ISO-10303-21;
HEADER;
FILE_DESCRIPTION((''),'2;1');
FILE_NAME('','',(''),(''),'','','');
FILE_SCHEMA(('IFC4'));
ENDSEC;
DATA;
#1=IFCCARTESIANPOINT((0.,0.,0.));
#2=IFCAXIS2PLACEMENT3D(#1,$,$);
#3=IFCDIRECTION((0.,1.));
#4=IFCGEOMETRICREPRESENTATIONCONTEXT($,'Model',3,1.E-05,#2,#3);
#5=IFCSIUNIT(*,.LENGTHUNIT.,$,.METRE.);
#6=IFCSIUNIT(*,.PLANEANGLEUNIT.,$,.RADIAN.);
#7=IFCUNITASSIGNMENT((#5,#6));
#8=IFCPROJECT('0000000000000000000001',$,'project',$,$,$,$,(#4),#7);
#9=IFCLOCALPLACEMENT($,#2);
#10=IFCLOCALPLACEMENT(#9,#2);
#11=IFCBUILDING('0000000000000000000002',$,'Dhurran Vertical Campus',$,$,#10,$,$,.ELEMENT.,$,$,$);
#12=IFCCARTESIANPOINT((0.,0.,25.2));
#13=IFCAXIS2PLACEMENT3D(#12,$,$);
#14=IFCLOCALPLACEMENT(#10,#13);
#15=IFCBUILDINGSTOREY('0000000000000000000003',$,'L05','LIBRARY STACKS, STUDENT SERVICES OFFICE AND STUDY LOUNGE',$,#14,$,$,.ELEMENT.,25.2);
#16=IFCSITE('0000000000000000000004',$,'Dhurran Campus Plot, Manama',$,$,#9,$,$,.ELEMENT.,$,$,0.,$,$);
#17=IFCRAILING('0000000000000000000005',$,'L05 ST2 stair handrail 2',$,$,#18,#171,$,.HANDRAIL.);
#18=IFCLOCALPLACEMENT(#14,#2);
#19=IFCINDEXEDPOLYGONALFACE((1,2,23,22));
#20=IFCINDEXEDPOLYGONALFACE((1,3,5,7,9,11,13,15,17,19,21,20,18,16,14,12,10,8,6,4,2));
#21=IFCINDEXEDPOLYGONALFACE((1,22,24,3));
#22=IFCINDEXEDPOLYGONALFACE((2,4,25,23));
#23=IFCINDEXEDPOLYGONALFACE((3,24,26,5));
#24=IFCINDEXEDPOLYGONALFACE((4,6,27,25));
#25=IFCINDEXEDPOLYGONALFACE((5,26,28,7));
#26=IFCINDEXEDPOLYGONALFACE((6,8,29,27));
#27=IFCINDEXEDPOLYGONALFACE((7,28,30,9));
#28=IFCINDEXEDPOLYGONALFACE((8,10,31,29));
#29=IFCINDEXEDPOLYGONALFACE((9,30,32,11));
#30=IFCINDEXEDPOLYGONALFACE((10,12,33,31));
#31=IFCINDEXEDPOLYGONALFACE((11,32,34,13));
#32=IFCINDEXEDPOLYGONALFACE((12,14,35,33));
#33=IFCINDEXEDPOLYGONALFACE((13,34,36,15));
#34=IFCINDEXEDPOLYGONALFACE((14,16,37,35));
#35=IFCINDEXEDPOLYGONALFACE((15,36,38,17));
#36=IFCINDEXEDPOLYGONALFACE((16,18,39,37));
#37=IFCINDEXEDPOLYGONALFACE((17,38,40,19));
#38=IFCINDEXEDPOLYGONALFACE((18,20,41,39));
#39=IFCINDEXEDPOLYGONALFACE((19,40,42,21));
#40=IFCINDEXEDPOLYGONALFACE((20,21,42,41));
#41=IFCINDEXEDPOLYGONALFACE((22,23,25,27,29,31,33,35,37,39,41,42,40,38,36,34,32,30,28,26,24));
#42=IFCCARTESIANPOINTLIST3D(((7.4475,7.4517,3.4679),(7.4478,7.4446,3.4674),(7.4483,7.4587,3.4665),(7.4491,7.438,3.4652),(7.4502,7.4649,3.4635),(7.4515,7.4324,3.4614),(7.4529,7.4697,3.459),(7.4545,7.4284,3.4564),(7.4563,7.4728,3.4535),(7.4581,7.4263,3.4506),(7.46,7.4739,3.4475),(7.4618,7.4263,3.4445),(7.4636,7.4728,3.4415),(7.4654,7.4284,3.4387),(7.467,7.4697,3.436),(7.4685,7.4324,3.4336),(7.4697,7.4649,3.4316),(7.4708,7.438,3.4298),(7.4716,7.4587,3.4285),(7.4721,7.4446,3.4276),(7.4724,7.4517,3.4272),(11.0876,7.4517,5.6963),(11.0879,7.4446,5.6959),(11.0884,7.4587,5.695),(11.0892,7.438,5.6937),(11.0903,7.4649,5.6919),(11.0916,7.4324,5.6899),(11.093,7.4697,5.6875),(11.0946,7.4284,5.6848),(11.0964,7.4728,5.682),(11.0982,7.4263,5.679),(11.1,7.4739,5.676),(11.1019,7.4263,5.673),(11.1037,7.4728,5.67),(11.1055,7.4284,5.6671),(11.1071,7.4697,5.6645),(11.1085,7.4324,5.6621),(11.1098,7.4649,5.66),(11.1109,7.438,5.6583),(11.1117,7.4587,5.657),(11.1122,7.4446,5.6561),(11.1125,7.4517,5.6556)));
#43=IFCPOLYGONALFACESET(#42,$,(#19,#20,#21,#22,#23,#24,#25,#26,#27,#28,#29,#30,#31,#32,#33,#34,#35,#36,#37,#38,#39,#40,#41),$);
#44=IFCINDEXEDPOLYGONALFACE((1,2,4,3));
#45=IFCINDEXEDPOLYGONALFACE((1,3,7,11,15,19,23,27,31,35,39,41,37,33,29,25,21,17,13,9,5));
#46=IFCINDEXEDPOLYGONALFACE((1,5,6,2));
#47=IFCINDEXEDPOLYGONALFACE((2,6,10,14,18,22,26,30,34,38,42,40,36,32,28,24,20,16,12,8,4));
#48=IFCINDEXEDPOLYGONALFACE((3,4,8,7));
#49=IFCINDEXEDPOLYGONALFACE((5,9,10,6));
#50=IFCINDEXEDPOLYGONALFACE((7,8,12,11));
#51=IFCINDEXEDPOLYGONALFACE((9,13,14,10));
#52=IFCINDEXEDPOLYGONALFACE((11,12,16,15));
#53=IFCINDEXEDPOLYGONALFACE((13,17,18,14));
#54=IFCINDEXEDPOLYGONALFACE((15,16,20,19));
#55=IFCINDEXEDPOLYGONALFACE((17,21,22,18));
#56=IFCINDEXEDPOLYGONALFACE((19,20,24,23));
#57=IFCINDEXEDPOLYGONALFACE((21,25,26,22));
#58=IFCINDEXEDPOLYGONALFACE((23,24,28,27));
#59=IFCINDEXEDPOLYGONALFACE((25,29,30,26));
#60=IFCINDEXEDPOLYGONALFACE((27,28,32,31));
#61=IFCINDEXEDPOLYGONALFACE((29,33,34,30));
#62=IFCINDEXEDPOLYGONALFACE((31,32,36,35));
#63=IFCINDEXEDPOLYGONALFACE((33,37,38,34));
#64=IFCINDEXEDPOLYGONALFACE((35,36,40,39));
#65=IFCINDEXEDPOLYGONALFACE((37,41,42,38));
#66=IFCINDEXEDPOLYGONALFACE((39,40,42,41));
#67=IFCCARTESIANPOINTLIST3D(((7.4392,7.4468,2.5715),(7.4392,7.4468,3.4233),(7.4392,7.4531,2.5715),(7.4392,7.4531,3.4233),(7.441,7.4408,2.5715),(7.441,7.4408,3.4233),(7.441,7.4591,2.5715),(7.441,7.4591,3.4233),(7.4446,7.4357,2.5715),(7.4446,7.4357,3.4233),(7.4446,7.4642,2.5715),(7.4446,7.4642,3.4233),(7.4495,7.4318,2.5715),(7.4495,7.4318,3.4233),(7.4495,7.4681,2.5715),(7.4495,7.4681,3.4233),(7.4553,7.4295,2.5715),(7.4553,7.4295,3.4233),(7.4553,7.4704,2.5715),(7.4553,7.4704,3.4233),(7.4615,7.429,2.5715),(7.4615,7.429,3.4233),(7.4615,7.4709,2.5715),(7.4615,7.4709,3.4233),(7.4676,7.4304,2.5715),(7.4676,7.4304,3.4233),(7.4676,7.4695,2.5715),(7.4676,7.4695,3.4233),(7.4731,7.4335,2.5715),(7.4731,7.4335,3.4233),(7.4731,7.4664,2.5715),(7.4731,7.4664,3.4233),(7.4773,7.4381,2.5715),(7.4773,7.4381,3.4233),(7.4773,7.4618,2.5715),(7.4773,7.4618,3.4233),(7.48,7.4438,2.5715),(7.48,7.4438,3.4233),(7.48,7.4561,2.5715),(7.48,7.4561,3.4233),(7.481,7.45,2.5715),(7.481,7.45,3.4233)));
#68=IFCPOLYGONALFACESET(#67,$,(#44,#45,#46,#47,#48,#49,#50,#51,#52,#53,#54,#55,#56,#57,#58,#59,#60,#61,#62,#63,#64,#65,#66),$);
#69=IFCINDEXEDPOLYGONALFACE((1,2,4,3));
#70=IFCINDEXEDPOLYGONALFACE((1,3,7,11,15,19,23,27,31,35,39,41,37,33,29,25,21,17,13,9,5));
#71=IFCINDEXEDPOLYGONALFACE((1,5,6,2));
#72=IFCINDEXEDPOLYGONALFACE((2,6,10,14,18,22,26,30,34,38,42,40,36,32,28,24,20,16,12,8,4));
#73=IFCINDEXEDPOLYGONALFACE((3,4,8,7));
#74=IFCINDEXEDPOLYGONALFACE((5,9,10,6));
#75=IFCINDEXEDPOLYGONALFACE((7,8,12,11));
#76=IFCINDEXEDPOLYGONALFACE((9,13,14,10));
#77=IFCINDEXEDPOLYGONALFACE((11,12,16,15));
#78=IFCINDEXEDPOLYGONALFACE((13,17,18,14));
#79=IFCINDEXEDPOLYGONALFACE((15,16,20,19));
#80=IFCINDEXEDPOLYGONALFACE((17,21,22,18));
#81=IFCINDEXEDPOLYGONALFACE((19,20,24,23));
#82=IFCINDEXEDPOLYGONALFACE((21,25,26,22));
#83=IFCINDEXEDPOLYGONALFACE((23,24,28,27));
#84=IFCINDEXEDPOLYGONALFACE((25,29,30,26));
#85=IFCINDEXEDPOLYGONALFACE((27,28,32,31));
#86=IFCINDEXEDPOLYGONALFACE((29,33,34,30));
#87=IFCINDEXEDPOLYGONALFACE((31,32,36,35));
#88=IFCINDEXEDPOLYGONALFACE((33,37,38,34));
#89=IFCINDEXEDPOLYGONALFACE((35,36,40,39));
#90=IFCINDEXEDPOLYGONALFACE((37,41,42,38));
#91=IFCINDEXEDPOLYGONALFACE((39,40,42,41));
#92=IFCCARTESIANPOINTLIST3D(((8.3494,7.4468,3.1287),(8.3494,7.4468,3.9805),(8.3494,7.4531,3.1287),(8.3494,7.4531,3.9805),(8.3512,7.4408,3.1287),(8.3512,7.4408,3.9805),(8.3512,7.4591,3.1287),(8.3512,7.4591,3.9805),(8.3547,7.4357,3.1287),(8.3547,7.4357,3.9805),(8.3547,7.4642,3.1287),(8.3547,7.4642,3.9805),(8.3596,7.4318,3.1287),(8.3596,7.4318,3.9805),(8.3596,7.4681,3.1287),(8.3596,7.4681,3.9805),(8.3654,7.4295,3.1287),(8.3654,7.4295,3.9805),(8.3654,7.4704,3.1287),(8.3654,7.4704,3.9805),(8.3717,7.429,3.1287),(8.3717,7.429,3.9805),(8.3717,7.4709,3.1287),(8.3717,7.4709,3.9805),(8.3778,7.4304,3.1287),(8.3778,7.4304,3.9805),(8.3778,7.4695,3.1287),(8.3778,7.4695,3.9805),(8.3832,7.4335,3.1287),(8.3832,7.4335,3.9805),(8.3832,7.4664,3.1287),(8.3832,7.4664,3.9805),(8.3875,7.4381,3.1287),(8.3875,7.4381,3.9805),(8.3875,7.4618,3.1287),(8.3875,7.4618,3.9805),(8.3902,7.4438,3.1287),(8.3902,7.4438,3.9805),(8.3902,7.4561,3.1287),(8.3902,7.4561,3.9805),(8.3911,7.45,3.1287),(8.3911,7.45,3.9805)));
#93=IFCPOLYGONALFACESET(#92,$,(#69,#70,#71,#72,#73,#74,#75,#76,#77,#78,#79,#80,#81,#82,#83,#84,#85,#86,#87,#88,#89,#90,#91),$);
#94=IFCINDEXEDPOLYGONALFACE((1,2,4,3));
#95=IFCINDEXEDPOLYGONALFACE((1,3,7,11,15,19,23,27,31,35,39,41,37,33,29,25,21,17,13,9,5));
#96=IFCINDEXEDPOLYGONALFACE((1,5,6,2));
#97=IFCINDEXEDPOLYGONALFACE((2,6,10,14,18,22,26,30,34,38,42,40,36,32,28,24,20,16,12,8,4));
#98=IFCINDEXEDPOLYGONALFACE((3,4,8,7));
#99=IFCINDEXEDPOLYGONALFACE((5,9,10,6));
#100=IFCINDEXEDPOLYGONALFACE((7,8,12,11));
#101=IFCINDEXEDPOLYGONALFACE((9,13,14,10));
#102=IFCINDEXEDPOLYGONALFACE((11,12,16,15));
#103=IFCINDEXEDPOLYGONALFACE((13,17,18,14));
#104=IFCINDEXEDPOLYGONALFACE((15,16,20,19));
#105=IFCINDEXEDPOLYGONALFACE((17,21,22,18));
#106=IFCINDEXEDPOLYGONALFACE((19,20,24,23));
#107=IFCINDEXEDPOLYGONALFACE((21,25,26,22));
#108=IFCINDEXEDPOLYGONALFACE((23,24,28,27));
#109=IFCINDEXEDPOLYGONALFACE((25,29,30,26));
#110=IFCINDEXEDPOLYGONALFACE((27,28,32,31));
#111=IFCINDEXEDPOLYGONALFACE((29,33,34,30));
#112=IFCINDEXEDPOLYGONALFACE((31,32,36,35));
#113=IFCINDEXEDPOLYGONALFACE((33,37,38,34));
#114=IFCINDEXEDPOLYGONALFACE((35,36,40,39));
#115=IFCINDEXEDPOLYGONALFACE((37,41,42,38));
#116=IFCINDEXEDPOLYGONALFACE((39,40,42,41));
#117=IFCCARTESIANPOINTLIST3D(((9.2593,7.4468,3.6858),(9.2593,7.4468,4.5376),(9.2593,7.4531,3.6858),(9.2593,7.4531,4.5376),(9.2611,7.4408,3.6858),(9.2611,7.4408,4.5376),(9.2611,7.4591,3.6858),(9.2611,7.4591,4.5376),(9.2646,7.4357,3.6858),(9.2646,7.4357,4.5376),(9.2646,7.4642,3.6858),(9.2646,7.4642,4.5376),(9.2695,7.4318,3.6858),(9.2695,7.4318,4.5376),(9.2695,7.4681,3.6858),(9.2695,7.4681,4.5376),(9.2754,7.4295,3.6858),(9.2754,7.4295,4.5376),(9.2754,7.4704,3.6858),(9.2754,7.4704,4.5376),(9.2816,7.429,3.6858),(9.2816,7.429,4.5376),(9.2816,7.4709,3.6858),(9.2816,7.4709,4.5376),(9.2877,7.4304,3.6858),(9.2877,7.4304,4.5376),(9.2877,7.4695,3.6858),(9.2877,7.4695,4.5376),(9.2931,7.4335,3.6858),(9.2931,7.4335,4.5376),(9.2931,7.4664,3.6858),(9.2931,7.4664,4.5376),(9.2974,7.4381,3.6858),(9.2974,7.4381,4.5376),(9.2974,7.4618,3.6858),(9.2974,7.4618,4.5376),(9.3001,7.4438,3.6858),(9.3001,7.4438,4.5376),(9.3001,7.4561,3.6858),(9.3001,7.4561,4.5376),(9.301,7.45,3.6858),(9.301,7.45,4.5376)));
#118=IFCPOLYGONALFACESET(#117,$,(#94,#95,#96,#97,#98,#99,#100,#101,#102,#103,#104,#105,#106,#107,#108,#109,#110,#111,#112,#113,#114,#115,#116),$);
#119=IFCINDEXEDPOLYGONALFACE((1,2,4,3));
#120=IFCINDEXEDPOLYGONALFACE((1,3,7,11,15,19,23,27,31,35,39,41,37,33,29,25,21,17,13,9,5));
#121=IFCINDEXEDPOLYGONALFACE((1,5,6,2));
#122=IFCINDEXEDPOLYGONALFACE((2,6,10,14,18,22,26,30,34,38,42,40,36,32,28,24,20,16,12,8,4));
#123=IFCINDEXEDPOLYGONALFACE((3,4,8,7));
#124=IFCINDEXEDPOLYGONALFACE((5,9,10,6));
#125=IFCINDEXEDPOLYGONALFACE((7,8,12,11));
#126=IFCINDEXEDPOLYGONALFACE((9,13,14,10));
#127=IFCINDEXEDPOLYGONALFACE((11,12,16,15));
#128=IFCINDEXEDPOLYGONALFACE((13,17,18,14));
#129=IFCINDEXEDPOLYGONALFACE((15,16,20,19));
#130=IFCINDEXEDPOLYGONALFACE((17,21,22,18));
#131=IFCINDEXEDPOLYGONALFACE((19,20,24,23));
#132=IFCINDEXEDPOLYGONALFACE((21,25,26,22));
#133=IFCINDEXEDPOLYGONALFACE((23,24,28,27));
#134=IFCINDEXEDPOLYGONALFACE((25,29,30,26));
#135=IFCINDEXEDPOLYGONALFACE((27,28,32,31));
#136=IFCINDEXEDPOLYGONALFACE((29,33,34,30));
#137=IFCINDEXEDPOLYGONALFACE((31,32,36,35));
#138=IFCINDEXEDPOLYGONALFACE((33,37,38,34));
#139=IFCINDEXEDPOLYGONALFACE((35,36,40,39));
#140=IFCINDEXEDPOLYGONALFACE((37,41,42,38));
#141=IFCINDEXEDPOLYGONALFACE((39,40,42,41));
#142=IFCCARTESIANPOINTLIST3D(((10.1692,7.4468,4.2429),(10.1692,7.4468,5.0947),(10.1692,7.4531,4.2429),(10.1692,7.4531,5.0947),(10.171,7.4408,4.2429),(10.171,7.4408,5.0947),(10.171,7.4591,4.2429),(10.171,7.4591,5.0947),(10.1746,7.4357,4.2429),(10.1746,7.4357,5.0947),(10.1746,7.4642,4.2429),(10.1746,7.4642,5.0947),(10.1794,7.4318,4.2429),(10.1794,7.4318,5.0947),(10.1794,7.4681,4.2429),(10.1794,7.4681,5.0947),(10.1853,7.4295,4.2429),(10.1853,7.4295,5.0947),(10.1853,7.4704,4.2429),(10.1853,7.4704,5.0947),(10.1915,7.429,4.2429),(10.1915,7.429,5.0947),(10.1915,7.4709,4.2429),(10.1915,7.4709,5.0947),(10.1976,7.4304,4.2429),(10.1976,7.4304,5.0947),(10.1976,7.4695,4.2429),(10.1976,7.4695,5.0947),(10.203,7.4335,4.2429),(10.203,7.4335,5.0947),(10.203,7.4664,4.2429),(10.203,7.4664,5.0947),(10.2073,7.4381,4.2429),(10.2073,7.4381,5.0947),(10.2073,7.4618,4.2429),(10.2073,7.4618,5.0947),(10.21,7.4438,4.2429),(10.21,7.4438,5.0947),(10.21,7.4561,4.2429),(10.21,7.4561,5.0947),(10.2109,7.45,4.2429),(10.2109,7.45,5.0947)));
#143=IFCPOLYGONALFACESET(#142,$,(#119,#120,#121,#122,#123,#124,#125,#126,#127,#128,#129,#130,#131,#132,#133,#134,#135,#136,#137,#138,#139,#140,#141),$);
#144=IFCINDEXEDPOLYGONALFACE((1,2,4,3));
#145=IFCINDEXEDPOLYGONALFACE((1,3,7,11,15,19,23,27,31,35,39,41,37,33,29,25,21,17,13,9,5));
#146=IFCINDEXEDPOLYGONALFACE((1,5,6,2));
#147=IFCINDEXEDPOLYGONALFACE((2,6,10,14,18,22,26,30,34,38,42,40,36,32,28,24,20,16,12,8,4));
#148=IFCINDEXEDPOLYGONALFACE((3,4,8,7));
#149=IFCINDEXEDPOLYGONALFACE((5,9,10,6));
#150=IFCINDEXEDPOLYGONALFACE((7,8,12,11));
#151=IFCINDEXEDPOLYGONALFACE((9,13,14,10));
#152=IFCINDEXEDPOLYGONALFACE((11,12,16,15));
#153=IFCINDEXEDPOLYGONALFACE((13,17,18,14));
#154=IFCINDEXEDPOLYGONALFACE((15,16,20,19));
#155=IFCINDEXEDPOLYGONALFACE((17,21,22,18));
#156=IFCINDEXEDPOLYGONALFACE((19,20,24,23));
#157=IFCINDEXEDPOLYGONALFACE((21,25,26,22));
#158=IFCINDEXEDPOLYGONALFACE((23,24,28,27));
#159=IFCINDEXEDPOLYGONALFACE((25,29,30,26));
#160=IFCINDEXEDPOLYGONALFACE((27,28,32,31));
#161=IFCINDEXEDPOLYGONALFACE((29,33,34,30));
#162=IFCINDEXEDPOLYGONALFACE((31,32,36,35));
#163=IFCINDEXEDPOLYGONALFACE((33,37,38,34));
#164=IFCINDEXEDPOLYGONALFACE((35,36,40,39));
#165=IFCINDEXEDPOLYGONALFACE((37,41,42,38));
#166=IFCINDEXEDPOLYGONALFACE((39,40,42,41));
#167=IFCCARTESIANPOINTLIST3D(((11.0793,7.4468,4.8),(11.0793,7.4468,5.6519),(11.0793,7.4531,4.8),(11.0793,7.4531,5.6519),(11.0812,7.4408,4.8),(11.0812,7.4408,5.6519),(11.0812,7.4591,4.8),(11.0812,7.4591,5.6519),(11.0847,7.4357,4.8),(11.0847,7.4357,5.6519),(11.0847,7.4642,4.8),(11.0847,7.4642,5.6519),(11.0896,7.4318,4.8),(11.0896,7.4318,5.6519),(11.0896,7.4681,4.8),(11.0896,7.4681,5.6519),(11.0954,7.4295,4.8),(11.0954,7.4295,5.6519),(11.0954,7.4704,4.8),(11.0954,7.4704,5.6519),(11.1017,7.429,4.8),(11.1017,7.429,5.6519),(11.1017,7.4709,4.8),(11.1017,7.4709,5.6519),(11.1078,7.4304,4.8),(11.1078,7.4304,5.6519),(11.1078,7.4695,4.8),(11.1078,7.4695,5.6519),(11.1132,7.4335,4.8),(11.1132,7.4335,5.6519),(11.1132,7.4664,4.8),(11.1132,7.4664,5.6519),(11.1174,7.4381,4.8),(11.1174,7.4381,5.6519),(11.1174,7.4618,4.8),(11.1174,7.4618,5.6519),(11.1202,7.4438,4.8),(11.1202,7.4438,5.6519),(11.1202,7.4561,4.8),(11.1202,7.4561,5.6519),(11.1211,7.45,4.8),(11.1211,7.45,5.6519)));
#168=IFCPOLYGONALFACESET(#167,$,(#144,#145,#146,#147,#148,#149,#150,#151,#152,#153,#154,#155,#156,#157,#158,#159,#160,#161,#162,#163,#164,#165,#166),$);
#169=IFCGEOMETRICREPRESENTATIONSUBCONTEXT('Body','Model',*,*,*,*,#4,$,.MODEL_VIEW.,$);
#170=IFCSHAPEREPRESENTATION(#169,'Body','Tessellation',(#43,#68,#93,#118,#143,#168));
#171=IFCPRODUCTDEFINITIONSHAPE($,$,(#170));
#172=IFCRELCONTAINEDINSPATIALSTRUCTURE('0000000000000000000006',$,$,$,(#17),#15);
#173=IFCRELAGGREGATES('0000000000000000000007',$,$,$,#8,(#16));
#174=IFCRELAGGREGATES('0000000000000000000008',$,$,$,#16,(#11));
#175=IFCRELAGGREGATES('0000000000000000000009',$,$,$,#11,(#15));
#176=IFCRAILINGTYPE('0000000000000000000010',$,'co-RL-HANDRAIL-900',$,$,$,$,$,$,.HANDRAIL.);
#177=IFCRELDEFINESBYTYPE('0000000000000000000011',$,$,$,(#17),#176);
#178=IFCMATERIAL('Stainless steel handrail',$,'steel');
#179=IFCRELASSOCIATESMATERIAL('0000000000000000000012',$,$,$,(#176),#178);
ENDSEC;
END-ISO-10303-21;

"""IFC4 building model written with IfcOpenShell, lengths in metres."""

from ifc_helpers import new_model, si_unit, direction, frame, origin, origin_2d, place, context, subcontext, project, spatial, circle, extrude, material, type_object, element, save


model = new_model("IFC4")

# Units and contexts
model_context = context("Model", 3, precision=1e-05, world=origin(), true_north=direction((0.0, 1.0)))
body_context = subcontext(model_context, "Body", "Model", "MODEL_VIEW")
ifc_project = project(units=[si_unit("LENGTHUNIT", "METRE"), si_unit("PLANEANGLEUNIT", "RADIAN")], contexts=[model_context])

# Site, building, storey
site_placement = place(None, origin())
site = spatial("IfcSite", under=ifc_project, at=site_placement, Name="Dhurran Campus Plot, Manama", CompositionType="ELEMENT", RefElevation=0.0)
building_placement = place(site_placement, origin())
building = spatial("IfcBuilding", under=site, at=building_placement, Name="Dhurran Vertical Campus", CompositionType="ELEMENT")
storey_placement = place(building_placement, frame((0.0, 0.0, 25.2)))
storey = spatial("IfcBuildingStorey", under=building, at=storey_placement, Name="L05", Description="LIBRARY STACKS, STUDENT SERVICES OFFICE AND STUDY LOUNGE", CompositionType="ELEMENT", Elevation=25.2)

# Railing
ifc_material_1 = material(Name="Stainless steel handrail", Category="steel")
railing_type_1 = type_object("IfcRailingType", Name="co-RL-HANDRAIL-900", PredefinedType="HANDRAIL", material=ifc_material_1)
railing_1_placement = place(storey_placement, frame((7.46, 7.45, 2.5715)))
element("IfcRailing", 1, at=railing_1_placement, inside=storey, type_object=railing_type_1, Name="L05 ST2 stair handrail 2", PredefinedType="HANDRAIL", context=body_context, shape_type="SweptSolid", body=[
    extrude(circle(Radius=0.0239, at=origin_2d()), frame((0.0, 0.0, 0.876), z_axis=(0.852866, 0.0, 0.52213), x_axis=(0.0, 1.0, 0.0)), (0.0, 0.0, 1.0), 4.2681),
    extrude(circle(Radius=0.021, at=origin_2d()), origin(), (0.0, 0.0, 1.0), 0.8518),
    extrude(circle(Radius=0.021, at=origin_2d()), frame((0.9102, 0.0, 0.5571)), (0.0, 0.0, 1.0), 0.8518),
    extrude(circle(Radius=0.021, at=origin_2d()), frame((1.8201, 0.0, 1.1143)), (0.0, 0.0, 1.0), 0.8518),
    extrude(circle(Radius=0.021, at=origin_2d()), frame((2.73, 0.0, 1.6714)), (0.0, 0.0, 1.0), 0.8518),
    extrude(circle(Radius=0.021, at=origin_2d()), frame((3.6401, 0.0, 2.2285)), (0.0, 0.0, 1.0), 0.8518),
])

save(model, "model.ifc")
